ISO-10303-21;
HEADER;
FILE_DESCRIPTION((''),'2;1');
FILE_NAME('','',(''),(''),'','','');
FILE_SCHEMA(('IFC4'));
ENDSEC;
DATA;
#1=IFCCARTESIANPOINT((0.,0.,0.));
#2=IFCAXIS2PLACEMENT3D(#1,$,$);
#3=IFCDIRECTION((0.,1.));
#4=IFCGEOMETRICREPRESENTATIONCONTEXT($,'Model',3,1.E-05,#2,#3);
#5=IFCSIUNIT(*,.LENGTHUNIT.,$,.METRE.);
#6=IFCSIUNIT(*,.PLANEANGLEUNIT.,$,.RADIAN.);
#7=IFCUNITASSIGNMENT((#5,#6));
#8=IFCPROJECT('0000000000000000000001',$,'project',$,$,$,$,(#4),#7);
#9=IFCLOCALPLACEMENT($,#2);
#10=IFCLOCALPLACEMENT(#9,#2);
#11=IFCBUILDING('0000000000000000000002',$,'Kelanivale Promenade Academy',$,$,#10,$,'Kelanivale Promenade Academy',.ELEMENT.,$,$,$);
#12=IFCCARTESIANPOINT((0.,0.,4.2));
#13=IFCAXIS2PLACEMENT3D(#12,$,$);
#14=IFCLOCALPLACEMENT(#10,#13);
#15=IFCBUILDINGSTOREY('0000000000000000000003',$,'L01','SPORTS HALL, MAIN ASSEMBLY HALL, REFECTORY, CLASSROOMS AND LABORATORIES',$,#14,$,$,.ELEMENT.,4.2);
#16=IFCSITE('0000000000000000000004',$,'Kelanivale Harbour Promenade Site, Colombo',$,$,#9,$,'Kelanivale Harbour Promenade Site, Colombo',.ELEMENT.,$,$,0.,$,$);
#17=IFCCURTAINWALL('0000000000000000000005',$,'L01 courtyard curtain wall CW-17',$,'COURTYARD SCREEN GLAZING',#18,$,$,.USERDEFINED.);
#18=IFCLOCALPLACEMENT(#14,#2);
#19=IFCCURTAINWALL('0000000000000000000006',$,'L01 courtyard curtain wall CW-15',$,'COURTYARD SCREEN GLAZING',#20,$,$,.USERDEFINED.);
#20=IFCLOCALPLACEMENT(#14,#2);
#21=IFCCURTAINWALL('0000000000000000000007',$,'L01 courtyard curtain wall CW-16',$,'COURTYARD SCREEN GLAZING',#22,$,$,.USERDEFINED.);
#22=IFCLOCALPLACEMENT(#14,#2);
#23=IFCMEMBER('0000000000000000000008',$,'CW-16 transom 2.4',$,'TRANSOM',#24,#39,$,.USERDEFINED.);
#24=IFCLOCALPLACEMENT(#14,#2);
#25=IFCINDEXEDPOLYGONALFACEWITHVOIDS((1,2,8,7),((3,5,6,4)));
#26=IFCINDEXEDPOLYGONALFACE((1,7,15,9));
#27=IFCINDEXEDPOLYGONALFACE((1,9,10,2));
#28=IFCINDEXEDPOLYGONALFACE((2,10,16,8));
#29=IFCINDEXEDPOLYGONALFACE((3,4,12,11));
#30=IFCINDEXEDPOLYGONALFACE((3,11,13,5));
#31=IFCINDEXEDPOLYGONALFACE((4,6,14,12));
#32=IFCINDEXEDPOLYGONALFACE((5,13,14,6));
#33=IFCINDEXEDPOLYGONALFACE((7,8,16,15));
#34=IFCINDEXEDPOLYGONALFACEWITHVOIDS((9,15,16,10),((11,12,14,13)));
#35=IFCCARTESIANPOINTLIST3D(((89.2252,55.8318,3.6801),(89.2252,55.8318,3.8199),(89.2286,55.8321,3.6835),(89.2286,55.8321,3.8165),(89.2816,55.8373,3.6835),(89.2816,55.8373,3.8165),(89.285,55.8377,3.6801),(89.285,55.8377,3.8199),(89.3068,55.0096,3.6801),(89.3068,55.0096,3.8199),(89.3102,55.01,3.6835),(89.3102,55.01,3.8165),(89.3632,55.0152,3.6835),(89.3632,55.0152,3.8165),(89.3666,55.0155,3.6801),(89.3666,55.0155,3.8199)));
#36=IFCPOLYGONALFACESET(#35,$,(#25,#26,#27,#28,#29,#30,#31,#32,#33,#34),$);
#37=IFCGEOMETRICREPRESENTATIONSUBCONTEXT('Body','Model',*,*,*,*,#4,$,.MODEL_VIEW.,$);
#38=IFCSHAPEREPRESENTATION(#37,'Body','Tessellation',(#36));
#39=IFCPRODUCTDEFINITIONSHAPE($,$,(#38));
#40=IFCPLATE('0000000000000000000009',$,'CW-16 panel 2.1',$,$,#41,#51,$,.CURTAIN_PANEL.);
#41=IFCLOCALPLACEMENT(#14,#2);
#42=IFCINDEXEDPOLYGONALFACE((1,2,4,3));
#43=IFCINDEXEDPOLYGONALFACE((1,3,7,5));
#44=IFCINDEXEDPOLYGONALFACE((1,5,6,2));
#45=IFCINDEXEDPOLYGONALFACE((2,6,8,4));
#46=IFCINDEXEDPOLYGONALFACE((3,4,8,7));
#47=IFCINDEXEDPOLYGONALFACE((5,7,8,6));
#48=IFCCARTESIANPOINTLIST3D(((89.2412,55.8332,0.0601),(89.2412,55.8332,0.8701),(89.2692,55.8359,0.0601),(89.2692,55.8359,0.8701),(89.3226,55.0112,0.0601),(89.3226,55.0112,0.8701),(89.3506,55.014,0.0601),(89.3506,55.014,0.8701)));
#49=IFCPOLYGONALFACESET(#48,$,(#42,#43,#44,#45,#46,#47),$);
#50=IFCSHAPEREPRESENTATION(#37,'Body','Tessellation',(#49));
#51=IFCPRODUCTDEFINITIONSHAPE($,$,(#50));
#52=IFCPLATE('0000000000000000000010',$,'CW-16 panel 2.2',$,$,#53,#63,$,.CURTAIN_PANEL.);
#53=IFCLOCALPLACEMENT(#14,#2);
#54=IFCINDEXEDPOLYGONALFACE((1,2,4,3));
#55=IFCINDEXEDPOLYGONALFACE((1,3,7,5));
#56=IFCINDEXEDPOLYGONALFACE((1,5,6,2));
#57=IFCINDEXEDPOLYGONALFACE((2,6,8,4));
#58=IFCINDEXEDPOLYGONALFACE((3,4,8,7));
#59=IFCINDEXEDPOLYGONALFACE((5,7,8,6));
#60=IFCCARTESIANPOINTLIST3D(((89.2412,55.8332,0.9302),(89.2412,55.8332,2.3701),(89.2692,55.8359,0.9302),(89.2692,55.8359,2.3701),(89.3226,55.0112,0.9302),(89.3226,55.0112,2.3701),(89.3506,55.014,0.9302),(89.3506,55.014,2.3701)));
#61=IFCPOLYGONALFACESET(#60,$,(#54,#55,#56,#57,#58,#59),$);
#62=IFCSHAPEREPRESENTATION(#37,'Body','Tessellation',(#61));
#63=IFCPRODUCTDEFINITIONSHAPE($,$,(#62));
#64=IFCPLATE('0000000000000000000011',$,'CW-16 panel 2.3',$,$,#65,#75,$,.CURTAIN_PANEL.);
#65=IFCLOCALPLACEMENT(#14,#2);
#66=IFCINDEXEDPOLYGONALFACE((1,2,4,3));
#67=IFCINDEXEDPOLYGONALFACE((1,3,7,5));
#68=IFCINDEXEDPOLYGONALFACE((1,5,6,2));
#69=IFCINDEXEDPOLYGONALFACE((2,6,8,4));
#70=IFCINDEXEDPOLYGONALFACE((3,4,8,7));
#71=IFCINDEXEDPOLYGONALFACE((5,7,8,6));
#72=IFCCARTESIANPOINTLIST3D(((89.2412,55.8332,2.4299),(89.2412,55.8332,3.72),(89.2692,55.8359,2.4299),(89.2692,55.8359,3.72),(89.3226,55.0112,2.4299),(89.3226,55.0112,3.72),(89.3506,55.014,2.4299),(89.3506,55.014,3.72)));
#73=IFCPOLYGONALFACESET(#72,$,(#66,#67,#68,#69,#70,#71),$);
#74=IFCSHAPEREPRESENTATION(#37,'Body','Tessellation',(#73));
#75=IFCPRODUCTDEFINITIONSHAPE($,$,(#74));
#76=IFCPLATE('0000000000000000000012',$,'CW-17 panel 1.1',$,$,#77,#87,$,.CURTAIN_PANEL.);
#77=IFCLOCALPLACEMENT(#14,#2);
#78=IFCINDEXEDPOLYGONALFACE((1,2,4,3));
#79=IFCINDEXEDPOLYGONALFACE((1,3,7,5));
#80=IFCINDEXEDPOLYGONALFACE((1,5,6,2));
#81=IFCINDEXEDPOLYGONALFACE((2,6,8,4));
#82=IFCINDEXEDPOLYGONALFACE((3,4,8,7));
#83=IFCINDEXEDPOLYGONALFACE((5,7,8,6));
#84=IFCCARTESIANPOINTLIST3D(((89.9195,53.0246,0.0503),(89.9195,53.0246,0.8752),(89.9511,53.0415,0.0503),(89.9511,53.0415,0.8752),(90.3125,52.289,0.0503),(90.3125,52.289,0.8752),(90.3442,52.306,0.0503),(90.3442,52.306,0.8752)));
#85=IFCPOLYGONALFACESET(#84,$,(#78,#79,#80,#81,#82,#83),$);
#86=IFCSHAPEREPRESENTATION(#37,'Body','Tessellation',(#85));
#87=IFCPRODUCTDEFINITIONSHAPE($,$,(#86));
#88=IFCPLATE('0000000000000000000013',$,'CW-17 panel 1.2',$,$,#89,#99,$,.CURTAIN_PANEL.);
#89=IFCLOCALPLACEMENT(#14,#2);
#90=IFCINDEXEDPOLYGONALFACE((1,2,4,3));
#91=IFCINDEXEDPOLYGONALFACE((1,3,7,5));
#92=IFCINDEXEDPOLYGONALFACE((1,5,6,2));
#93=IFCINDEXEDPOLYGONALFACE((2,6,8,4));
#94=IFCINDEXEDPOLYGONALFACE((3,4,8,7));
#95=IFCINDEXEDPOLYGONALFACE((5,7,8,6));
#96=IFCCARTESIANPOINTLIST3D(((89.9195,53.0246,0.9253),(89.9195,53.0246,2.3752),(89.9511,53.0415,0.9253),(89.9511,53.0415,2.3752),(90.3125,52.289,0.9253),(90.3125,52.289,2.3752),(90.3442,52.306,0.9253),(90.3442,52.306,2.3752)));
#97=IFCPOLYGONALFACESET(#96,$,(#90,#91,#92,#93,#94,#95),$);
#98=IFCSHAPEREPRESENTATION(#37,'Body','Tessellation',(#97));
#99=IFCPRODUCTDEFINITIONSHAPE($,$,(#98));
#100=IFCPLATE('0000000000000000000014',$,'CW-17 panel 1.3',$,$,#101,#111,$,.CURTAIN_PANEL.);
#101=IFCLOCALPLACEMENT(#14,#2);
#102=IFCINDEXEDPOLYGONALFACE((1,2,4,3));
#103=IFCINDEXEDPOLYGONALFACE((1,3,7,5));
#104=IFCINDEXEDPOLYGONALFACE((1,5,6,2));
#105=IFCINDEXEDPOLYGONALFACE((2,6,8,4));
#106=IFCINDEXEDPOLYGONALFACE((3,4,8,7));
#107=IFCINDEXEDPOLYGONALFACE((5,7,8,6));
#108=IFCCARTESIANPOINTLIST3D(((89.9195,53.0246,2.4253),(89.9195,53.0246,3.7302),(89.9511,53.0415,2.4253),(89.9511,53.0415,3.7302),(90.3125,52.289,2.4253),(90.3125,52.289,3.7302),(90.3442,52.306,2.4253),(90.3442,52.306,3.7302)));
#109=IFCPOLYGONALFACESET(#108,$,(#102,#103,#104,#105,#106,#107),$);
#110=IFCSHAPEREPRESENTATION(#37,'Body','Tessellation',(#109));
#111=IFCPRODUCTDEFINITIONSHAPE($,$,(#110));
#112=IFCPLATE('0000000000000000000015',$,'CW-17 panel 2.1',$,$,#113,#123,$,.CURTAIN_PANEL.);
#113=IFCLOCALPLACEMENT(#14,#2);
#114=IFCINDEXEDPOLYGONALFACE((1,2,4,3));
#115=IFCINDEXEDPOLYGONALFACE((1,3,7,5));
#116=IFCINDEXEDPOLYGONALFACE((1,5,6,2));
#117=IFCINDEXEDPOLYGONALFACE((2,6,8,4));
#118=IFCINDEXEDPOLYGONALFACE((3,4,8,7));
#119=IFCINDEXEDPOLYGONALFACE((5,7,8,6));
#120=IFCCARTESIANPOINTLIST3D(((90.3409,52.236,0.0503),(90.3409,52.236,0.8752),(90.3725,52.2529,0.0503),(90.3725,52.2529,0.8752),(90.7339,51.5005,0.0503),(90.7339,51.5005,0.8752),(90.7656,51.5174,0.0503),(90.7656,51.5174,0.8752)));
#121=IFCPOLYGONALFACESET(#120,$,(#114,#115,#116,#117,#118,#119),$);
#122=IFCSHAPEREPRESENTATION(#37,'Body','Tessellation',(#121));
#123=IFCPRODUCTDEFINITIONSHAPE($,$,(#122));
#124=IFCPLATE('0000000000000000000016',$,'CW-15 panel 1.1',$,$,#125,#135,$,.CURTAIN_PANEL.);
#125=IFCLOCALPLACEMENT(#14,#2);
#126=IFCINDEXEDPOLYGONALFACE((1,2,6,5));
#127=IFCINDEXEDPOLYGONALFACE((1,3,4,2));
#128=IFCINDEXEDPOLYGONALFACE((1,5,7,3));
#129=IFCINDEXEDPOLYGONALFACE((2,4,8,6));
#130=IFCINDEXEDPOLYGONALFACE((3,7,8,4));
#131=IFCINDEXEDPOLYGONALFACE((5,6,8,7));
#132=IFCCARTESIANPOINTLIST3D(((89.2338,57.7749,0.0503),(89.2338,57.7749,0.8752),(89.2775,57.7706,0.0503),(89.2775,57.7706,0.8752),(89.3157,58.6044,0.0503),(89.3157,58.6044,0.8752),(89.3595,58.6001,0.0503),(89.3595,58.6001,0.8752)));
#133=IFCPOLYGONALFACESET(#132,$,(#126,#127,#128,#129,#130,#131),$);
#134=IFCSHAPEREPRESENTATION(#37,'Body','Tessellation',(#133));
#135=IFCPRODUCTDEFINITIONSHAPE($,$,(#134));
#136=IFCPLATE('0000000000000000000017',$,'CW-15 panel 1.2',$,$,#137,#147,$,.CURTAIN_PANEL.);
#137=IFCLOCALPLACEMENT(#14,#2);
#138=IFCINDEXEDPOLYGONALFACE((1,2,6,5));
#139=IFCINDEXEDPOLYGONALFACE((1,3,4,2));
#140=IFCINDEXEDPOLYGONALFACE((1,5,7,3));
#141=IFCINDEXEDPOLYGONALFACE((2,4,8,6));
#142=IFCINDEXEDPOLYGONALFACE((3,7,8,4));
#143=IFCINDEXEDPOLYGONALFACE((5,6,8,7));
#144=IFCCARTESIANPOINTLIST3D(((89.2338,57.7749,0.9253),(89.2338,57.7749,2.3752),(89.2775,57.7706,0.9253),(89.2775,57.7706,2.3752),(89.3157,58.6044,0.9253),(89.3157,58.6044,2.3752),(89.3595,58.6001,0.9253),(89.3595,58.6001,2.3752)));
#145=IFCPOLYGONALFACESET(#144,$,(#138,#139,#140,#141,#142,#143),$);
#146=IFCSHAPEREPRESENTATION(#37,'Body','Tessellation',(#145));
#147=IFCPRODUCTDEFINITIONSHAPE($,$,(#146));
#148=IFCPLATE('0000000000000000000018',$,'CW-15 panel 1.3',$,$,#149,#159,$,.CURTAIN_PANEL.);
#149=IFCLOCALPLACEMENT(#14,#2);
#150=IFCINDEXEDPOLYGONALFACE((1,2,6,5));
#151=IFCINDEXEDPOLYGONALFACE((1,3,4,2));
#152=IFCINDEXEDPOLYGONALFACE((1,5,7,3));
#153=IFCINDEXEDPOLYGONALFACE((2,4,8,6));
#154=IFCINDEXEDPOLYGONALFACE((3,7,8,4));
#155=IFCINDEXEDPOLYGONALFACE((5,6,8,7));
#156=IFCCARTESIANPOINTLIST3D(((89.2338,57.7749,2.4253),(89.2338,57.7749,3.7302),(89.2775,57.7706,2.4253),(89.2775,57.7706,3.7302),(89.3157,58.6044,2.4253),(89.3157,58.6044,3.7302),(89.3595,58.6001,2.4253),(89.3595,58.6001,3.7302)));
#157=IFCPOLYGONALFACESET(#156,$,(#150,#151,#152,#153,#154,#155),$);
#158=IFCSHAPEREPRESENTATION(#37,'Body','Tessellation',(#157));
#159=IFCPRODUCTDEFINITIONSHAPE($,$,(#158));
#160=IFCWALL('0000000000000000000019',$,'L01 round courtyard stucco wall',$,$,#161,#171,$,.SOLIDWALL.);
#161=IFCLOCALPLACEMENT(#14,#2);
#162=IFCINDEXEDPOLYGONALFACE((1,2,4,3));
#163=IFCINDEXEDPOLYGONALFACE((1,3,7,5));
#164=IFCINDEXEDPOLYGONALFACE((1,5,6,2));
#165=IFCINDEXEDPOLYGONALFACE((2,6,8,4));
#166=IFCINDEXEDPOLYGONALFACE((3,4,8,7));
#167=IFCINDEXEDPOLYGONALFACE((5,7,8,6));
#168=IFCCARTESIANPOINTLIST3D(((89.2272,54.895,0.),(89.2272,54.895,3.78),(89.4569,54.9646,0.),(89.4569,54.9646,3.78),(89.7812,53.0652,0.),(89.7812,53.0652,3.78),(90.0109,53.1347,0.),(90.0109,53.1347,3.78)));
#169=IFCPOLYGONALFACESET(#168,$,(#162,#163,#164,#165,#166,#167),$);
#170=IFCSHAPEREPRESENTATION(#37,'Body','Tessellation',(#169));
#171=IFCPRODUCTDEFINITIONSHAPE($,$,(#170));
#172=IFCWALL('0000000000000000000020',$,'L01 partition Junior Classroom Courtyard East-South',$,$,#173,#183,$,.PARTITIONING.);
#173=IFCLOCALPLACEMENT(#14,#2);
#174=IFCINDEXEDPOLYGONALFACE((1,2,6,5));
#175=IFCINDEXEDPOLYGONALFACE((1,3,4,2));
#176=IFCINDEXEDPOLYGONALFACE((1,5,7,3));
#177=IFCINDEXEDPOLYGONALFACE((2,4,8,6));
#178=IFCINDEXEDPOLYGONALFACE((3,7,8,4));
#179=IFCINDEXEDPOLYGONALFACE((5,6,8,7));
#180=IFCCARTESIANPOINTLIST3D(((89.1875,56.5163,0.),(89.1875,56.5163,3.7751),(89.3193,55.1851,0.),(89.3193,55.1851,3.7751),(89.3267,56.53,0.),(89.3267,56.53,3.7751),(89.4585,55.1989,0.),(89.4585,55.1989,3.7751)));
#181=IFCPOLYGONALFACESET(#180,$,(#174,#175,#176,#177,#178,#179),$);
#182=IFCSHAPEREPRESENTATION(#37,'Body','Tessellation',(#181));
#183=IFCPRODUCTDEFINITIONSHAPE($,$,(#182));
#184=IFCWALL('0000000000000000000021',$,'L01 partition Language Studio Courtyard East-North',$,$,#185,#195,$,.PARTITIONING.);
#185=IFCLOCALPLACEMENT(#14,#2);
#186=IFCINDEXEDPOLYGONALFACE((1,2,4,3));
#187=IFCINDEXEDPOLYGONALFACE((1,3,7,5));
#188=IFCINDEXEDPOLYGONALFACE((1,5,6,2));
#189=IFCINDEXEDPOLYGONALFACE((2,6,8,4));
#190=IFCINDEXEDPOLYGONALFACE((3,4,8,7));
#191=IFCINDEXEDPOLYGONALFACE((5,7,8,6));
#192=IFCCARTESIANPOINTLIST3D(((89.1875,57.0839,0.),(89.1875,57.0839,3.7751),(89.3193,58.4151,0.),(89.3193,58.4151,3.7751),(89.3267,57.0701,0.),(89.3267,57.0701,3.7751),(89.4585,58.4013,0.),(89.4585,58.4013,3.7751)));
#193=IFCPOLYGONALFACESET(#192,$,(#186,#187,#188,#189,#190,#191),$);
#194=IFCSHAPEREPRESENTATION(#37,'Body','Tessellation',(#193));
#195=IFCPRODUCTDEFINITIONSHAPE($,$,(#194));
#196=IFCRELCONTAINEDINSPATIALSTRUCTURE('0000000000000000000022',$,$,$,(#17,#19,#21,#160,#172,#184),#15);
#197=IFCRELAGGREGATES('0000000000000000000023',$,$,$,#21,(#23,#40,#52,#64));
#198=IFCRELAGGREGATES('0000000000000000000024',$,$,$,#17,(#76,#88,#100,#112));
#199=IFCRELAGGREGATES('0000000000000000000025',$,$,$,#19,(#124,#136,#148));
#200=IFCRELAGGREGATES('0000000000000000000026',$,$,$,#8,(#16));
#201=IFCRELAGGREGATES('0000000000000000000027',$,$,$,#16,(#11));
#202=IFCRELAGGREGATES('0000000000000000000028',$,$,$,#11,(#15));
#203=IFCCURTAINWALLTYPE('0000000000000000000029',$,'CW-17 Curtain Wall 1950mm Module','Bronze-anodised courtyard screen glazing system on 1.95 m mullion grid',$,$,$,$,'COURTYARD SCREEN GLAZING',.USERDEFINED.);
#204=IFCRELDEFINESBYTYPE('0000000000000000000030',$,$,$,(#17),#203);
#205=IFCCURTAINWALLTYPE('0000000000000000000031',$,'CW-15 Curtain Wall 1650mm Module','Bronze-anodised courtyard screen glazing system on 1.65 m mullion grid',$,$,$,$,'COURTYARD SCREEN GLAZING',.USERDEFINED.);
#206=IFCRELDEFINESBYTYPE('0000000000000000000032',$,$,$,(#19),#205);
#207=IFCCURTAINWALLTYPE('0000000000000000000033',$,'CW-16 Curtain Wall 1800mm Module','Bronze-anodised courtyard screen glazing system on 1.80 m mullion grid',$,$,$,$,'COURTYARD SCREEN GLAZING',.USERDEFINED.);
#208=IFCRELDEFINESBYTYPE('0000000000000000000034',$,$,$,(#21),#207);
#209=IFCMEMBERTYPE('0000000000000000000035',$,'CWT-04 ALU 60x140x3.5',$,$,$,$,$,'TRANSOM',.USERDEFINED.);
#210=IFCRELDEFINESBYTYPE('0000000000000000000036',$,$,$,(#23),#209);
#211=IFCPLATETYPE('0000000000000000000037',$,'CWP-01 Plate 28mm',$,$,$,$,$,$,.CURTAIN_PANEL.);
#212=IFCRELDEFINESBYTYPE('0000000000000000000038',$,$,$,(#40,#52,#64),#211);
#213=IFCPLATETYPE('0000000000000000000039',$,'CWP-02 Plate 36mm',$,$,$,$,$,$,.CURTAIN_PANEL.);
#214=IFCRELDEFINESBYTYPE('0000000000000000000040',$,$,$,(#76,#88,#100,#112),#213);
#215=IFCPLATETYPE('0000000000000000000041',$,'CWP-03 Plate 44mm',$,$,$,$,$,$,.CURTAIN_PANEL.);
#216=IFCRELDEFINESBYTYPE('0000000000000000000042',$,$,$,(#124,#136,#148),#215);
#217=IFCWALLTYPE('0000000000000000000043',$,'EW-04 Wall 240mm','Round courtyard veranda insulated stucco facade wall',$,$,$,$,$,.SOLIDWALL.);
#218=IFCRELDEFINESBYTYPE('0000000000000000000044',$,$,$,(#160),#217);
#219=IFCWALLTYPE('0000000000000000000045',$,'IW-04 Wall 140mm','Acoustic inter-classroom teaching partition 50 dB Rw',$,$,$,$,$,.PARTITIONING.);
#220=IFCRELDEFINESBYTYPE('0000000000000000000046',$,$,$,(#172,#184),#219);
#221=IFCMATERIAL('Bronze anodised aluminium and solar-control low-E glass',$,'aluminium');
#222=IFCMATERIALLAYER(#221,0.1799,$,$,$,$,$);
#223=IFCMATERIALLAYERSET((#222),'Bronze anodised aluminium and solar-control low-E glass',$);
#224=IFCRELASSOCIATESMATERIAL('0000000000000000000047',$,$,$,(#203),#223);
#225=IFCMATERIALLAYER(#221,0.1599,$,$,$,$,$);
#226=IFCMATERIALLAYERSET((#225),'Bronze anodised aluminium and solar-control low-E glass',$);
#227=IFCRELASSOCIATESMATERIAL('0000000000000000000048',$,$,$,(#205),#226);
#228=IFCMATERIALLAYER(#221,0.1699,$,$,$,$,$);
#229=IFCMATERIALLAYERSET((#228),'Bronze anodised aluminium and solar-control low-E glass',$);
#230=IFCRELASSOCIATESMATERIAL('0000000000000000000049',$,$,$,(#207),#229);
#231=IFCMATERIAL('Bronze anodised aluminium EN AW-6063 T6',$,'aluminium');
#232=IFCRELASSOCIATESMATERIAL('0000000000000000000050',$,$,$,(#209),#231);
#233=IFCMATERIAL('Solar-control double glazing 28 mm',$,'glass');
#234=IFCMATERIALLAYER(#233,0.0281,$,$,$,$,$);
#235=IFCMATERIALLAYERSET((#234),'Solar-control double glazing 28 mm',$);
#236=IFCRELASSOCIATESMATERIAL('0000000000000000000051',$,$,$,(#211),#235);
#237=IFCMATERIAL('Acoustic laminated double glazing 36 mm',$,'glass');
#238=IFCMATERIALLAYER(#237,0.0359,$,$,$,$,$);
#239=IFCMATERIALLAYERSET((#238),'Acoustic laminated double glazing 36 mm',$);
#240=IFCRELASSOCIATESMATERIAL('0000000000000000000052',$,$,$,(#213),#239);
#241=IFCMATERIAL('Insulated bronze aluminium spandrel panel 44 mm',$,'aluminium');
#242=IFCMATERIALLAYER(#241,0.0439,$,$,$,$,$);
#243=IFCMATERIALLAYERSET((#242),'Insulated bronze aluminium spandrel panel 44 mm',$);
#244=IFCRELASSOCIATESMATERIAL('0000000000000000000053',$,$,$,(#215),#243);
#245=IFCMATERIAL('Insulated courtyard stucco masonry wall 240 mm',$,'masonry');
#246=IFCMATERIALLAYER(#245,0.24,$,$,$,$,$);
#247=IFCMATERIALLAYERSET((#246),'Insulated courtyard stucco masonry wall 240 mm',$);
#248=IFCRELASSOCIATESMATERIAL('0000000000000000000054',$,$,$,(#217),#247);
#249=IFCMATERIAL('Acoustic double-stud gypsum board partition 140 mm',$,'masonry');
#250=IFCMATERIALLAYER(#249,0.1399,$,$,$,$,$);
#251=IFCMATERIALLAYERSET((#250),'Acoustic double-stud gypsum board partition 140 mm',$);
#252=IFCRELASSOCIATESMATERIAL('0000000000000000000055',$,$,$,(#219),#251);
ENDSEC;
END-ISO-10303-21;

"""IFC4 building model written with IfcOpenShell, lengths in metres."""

from ifc_helpers import new_model, si_unit, direction, frame, frame_2d, origin, origin_2d, place, context, subcontext, project, spatial, rectangle, hollow_rectangle, extrude, material, layer, layer_set, material_profile, profile_set, type_object, element, aggregate, save


model = new_model("IFC4")

# Units and contexts
model_context = context("Model", 3, precision=1e-05, world=origin(), true_north=direction((0.0, 1.0)))
body_context = subcontext(model_context, "Body", "Model", "MODEL_VIEW")
ifc_project = project(units=[si_unit("LENGTHUNIT", "METRE"), si_unit("PLANEANGLEUNIT", "RADIAN")], contexts=[model_context])

# Site, building, storey
site_placement = place(None, origin())
site = spatial("IfcSite", under=ifc_project, at=site_placement, Name="Kelanivale Harbour Promenade Site, Colombo", LongName="Kelanivale Harbour Promenade Site, Colombo", CompositionType="ELEMENT", RefElevation=0.0)
building_placement = place(site_placement, origin())
building = spatial("IfcBuilding", under=site, at=building_placement, Name="Kelanivale Promenade Academy", LongName="Kelanivale Promenade Academy", CompositionType="ELEMENT")
storey_placement = place(building_placement, frame((0.0, 0.0, 4.2)))
storey = spatial("IfcBuildingStorey", under=building, at=storey_placement, Name="L01", Description="SPORTS HALL, MAIN ASSEMBLY HALL, REFECTORY, CLASSROOMS AND LABORATORIES", CompositionType="ELEMENT", Elevation=4.2)

# Curtain wall
ifc_material_1 = material(Name="Bronze anodised aluminium and solar-control low-E glass", Category="aluminium")
ifc_layer_1 = layer(ifc_material_1, 0.1799)
ifc_layer_set_1 = layer_set([ifc_layer_1], Name="Bronze anodised aluminium and solar-control low-E glass")
curtain_wall_type_1 = type_object("IfcCurtainWallType", Name="CW-17 Curtain Wall 1950mm Module", Description="Bronze-anodised courtyard screen glazing system on 1.95 m mullion grid", ElementType="COURTYARD SCREEN GLAZING", PredefinedType="USERDEFINED", material=ifc_layer_set_1)
curtain_wall_1_placement = place(storey_placement, origin())
curtain_wall_1 = element("IfcCurtainWall", 1, at=curtain_wall_1_placement, inside=storey, type_object=curtain_wall_type_1, Name="L01 courtyard curtain wall CW-17", ObjectType="COURTYARD SCREEN GLAZING", PredefinedType="USERDEFINED")
ifc_material_2 = material(Name="Bronze anodised aluminium EN AW-6063 T6", Category="aluminium")

# Curtain walls
ifc_layer_2 = layer(ifc_material_1, 0.1599)
ifc_layer_set_2 = layer_set([ifc_layer_2], Name="Bronze anodised aluminium and solar-control low-E glass")
curtain_wall_type_2 = type_object("IfcCurtainWallType", Name="CW-15 Curtain Wall 1650mm Module", Description="Bronze-anodised courtyard screen glazing system on 1.65 m mullion grid", ElementType="COURTYARD SCREEN GLAZING", PredefinedType="USERDEFINED", material=ifc_layer_set_2)
curtain_wall_2_placement = place(storey_placement, origin())
curtain_wall_2 = element("IfcCurtainWall", 2, at=curtain_wall_2_placement, inside=storey, type_object=curtain_wall_type_2, Name="L01 courtyard curtain wall CW-15", ObjectType="COURTYARD SCREEN GLAZING", PredefinedType="USERDEFINED")
ifc_layer_3 = layer(ifc_material_1, 0.1699)
ifc_layer_set_3 = layer_set([ifc_layer_3], Name="Bronze anodised aluminium and solar-control low-E glass")
curtain_wall_type_3 = type_object("IfcCurtainWallType", Name="CW-16 Curtain Wall 1800mm Module", Description="Bronze-anodised courtyard screen glazing system on 1.80 m mullion grid", ElementType="COURTYARD SCREEN GLAZING", PredefinedType="USERDEFINED", material=ifc_layer_set_3)
curtain_wall_3_placement = place(storey_placement, origin())
curtain_wall_3 = element("IfcCurtainWall", 3, at=curtain_wall_3_placement, inside=storey, type_object=curtain_wall_type_3, Name="L01 courtyard curtain wall CW-16", ObjectType="COURTYARD SCREEN GLAZING", PredefinedType="USERDEFINED")

# Member
ifc_material_profile_1 = material_profile(ifc_material_2, hollow_rectangle(XDim=0.0601, YDim=0.1399, WallThickness=0.0034, at=origin_2d()), Name="ALU 60x140x3.5")
ifc_profile_set_1 = profile_set([ifc_material_profile_1], Name="Bronze anodised aluminium EN AW-6063 T6")
member_type_1 = type_object("IfcMemberType", Name="CWT-04 ALU 60x140x3.5", ElementType="TRANSOM", PredefinedType="USERDEFINED", material=ifc_profile_set_1)
member_1_placement = place(storey_placement, frame((89.2551, 55.8347, 3.75), z_axis=(0.098714, -0.995116, 0.0), x_axis=(0.995116, 0.098714, 0.0)))
member_1 = element("IfcMember", 4, at=member_1_placement, type_object=member_type_1, Name="CW-16 transom 2.4", ObjectType="TRANSOM", PredefinedType="USERDEFINED", context=body_context, shape_type="SweptSolid", body=[
    extrude(hollow_rectangle(XDim=0.0601, YDim=0.1399, WallThickness=0.0034, at=origin_2d()), origin(), (0.0, 0.0, 1.0), 0.8262),
])

# Plates
ifc_material_3 = material(Name="Solar-control double glazing 28 mm", Category="glass")
ifc_layer_4 = layer(ifc_material_3, 0.0281)
ifc_layer_set_4 = layer_set([ifc_layer_4], Name="Solar-control double glazing 28 mm")
plate_type_1 = type_object("IfcPlateType", Name="CWP-01 Plate 28mm", PredefinedType="CURTAIN_PANEL", material=ifc_layer_set_4)
plate_1_placement = place(storey_placement, frame((89.2959, 55.4236, 0.0601), z_axis=(0.0, 0.0, 1.0), x_axis=(0.098539, -0.995133, 0.0)))
plate_1 = element("IfcPlate", 5, at=plate_1_placement, type_object=plate_type_1, Name="CW-16 panel 2.1", PredefinedType="CURTAIN_PANEL", context=body_context, shape_type="SweptSolid", body=[
    extrude(rectangle(XDim=0.8259, YDim=0.0281, at=origin_2d()), origin(), (0.0, 0.0, 1.0), 0.8101),
])
plate_2_placement = place(storey_placement, frame((89.2959, 55.4236, 0.9302), z_axis=(0.0, 0.0, 1.0), x_axis=(0.098539, -0.995133, 0.0)))
plate_2 = element("IfcPlate", 6, at=plate_2_placement, type_object=plate_type_1, Name="CW-16 panel 2.2", PredefinedType="CURTAIN_PANEL", context=body_context, shape_type="SweptSolid", body=[
    extrude(rectangle(XDim=0.8259, YDim=0.0281, at=origin_2d()), origin(), (0.0, 0.0, 1.0), 1.4399),
])
plate_3_placement = place(storey_placement, frame((89.2959, 55.4236, 2.4299), z_axis=(0.0, 0.0, 1.0), x_axis=(0.098539, -0.995133, 0.0)))
plate_3 = element("IfcPlate", 7, at=plate_3_placement, type_object=plate_type_1, Name="CW-16 panel 2.3", PredefinedType="CURTAIN_PANEL", context=body_context, shape_type="SweptSolid", body=[
    extrude(rectangle(XDim=0.8259, YDim=0.0281, at=origin_2d()), origin(), (0.0, 0.0, 1.0), 1.29),
])
aggregate(curtain_wall_3, [member_1, plate_1, plate_2, plate_3])
ifc_material_4 = material(Name="Acoustic laminated double glazing 36 mm", Category="glass")
ifc_layer_5 = layer(ifc_material_4, 0.0359)
ifc_layer_set_5 = layer_set([ifc_layer_5], Name="Acoustic laminated double glazing 36 mm")
plate_type_2 = type_object("IfcPlateType", Name="CWP-02 Plate 36mm", PredefinedType="CURTAIN_PANEL", material=ifc_layer_set_5)
plate_4_placement = place(storey_placement, frame((90.1318, 52.6653, 0.0503), z_axis=(0.0, 0.0, 1.0), x_axis=(0.47129, -0.881978, 0.0)))
plate_4 = element("IfcPlate", 8, at=plate_4_placement, type_object=plate_type_2, Name="CW-17 panel 1.1", PredefinedType="CURTAIN_PANEL", context=body_context, shape_type="SweptSolid", body=[
    extrude(rectangle(XDim=0.834, YDim=0.0359, at=origin_2d()), origin(), (0.0, 0.0, 1.0), 0.825),
])
plate_5_placement = place(storey_placement, frame((90.1318, 52.6653, 0.9253), z_axis=(0.0, 0.0, 1.0), x_axis=(0.47129, -0.881978, 0.0)))
plate_5 = element("IfcPlate", 9, at=plate_5_placement, type_object=plate_type_2, Name="CW-17 panel 1.2", PredefinedType="CURTAIN_PANEL", context=body_context, shape_type="SweptSolid", body=[
    extrude(rectangle(XDim=0.834, YDim=0.0359, at=origin_2d()), origin(), (0.0, 0.0, 1.0), 1.45),
])
plate_6_placement = place(storey_placement, frame((90.1318, 52.6653, 2.4253), z_axis=(0.0, 0.0, 1.0), x_axis=(0.47129, -0.881978, 0.0)))
plate_6 = element("IfcPlate", 10, at=plate_6_placement, type_object=plate_type_2, Name="CW-17 panel 1.3", PredefinedType="CURTAIN_PANEL", context=body_context, shape_type="SweptSolid", body=[
    extrude(rectangle(XDim=0.834, YDim=0.0359, at=origin_2d()), origin(), (0.0, 0.0, 1.0), 1.3049),
])
plate_7_placement = place(storey_placement, frame((90.5532, 51.8767, 0.0503), z_axis=(0.0, 0.0, 1.0), x_axis=(0.47129, -0.881978, 0.0)))
plate_7 = element("IfcPlate", 11, at=plate_7_placement, type_object=plate_type_2, Name="CW-17 panel 2.1", PredefinedType="CURTAIN_PANEL", context=body_context, shape_type="SweptSolid", body=[
    extrude(rectangle(XDim=0.834, YDim=0.0359, at=origin_2d()), origin(), (0.0, 0.0, 1.0), 0.825),
])
aggregate(curtain_wall_1, [plate_4, plate_5, plate_6, plate_7])
ifc_material_5 = material(Name="Insulated bronze aluminium spandrel panel 44 mm", Category="aluminium")
ifc_layer_6 = layer(ifc_material_5, 0.0439)
ifc_layer_set_6 = layer_set([ifc_layer_6], Name="Insulated bronze aluminium spandrel panel 44 mm")
plate_type_3 = type_object("IfcPlateType", Name="CWP-03 Plate 44mm", PredefinedType="CURTAIN_PANEL", material=ifc_layer_set_6)
plate_8_placement = place(storey_placement, frame((89.2966, 58.1875, 0.0503), z_axis=(0.0, 0.0, 1.0), x_axis=(-0.098281, -0.995159, 0.0)))
plate_8 = element("IfcPlate", 12, at=plate_8_placement, type_object=plate_type_3, Name="CW-15 panel 1.1", PredefinedType="CURTAIN_PANEL", context=body_context, shape_type="SweptSolid", body=[
    extrude(rectangle(XDim=0.8335, YDim=0.0439, at=origin_2d()), origin(), (0.0, 0.0, 1.0), 0.825),
])
plate_9_placement = place(storey_placement, frame((89.2966, 58.1875, 0.9253), z_axis=(0.0, 0.0, 1.0), x_axis=(-0.098281, -0.995159, 0.0)))
plate_9 = element("IfcPlate", 13, at=plate_9_placement, type_object=plate_type_3, Name="CW-15 panel 1.2", PredefinedType="CURTAIN_PANEL", context=body_context, shape_type="SweptSolid", body=[
    extrude(rectangle(XDim=0.8335, YDim=0.0439, at=origin_2d()), origin(), (0.0, 0.0, 1.0), 1.45),
])
plate_10_placement = place(storey_placement, frame((89.2966, 58.1875, 2.4253), z_axis=(0.0, 0.0, 1.0), x_axis=(-0.098281, -0.995159, 0.0)))
plate_10 = element("IfcPlate", 14, at=plate_10_placement, type_object=plate_type_3, Name="CW-15 panel 1.3", PredefinedType="CURTAIN_PANEL", context=body_context, shape_type="SweptSolid", body=[
    extrude(rectangle(XDim=0.8335, YDim=0.0439, at=origin_2d()), origin(), (0.0, 0.0, 1.0), 1.3049),
])
aggregate(curtain_wall_2, [plate_8, plate_9, plate_10])

# Walls
ifc_material_6 = material(Name="Insulated courtyard stucco masonry wall 240 mm", Category="masonry")
ifc_layer_7 = layer(ifc_material_6, 0.24)
ifc_layer_set_7 = layer_set([ifc_layer_7], Name="Insulated courtyard stucco masonry wall 240 mm")
wall_type_1 = type_object("IfcWallType", Name="EW-04 Wall 240mm", Description="Round courtyard veranda insulated stucco facade wall", PredefinedType="SOLIDWALL", material=ifc_layer_set_7)
wall_placement = place(storey_placement, frame((89.342, 54.9299, 0.0), z_axis=(0.0, 0.0, 1.0), x_axis=(0.289749, -0.957103, 0.0)))
element("IfcWall", 15, at=wall_placement, inside=storey, type_object=wall_type_1, Name="L01 round courtyard stucco wall", PredefinedType="SOLIDWALL", context=body_context, shape_type="SweptSolid", body=[
    extrude(rectangle(XDim=1.9119, YDim=0.24, at=frame_2d((0.9561, 0.0))), origin(), (0.0, 0.0, 1.0), 3.78),
])
ifc_material_7 = material(Name="Acoustic double-stud gypsum board partition 140 mm", Category="masonry")
ifc_layer_8 = layer(ifc_material_7, 0.1399)
ifc_layer_set_8 = layer_set([ifc_layer_8], Name="Acoustic double-stud gypsum board partition 140 mm")
wall_type_2 = type_object("IfcWallType", Name="IW-04 Wall 140mm", Description="Acoustic inter-classroom teaching partition 50 dB Rw", PredefinedType="PARTITIONING", material=ifc_layer_set_8)
for number, where, z_axis, x_axis, name in (
    (16, (89.3889, 55.1919, 0.0), (0.0, 0.0, 1.0), (-0.098564, 0.995131, 0.0), "L01 partition Junior Classroom Courtyard East-South"),
    (17, (89.2571, 57.0769, 0.0), (0.0, 0.0, 1.0), (0.098564, 0.995131, 0.0), "L01 partition Language Studio Courtyard East-North"),
):
    element("IfcWall", number, at=place(storey_placement, frame(where, z_axis=z_axis, x_axis=x_axis)), inside=storey, type_object=wall_type_2, Name=name, PredefinedType="PARTITIONING", context=body_context, shape_type="SweptSolid", body=[
        extrude(rectangle(XDim=1.3376, YDim=0.1399, at=frame_2d((0.6689, 0.0))), origin(), (0.0, 0.0, 1.0), 3.7751),
    ])

save(model, "model.ifc")
